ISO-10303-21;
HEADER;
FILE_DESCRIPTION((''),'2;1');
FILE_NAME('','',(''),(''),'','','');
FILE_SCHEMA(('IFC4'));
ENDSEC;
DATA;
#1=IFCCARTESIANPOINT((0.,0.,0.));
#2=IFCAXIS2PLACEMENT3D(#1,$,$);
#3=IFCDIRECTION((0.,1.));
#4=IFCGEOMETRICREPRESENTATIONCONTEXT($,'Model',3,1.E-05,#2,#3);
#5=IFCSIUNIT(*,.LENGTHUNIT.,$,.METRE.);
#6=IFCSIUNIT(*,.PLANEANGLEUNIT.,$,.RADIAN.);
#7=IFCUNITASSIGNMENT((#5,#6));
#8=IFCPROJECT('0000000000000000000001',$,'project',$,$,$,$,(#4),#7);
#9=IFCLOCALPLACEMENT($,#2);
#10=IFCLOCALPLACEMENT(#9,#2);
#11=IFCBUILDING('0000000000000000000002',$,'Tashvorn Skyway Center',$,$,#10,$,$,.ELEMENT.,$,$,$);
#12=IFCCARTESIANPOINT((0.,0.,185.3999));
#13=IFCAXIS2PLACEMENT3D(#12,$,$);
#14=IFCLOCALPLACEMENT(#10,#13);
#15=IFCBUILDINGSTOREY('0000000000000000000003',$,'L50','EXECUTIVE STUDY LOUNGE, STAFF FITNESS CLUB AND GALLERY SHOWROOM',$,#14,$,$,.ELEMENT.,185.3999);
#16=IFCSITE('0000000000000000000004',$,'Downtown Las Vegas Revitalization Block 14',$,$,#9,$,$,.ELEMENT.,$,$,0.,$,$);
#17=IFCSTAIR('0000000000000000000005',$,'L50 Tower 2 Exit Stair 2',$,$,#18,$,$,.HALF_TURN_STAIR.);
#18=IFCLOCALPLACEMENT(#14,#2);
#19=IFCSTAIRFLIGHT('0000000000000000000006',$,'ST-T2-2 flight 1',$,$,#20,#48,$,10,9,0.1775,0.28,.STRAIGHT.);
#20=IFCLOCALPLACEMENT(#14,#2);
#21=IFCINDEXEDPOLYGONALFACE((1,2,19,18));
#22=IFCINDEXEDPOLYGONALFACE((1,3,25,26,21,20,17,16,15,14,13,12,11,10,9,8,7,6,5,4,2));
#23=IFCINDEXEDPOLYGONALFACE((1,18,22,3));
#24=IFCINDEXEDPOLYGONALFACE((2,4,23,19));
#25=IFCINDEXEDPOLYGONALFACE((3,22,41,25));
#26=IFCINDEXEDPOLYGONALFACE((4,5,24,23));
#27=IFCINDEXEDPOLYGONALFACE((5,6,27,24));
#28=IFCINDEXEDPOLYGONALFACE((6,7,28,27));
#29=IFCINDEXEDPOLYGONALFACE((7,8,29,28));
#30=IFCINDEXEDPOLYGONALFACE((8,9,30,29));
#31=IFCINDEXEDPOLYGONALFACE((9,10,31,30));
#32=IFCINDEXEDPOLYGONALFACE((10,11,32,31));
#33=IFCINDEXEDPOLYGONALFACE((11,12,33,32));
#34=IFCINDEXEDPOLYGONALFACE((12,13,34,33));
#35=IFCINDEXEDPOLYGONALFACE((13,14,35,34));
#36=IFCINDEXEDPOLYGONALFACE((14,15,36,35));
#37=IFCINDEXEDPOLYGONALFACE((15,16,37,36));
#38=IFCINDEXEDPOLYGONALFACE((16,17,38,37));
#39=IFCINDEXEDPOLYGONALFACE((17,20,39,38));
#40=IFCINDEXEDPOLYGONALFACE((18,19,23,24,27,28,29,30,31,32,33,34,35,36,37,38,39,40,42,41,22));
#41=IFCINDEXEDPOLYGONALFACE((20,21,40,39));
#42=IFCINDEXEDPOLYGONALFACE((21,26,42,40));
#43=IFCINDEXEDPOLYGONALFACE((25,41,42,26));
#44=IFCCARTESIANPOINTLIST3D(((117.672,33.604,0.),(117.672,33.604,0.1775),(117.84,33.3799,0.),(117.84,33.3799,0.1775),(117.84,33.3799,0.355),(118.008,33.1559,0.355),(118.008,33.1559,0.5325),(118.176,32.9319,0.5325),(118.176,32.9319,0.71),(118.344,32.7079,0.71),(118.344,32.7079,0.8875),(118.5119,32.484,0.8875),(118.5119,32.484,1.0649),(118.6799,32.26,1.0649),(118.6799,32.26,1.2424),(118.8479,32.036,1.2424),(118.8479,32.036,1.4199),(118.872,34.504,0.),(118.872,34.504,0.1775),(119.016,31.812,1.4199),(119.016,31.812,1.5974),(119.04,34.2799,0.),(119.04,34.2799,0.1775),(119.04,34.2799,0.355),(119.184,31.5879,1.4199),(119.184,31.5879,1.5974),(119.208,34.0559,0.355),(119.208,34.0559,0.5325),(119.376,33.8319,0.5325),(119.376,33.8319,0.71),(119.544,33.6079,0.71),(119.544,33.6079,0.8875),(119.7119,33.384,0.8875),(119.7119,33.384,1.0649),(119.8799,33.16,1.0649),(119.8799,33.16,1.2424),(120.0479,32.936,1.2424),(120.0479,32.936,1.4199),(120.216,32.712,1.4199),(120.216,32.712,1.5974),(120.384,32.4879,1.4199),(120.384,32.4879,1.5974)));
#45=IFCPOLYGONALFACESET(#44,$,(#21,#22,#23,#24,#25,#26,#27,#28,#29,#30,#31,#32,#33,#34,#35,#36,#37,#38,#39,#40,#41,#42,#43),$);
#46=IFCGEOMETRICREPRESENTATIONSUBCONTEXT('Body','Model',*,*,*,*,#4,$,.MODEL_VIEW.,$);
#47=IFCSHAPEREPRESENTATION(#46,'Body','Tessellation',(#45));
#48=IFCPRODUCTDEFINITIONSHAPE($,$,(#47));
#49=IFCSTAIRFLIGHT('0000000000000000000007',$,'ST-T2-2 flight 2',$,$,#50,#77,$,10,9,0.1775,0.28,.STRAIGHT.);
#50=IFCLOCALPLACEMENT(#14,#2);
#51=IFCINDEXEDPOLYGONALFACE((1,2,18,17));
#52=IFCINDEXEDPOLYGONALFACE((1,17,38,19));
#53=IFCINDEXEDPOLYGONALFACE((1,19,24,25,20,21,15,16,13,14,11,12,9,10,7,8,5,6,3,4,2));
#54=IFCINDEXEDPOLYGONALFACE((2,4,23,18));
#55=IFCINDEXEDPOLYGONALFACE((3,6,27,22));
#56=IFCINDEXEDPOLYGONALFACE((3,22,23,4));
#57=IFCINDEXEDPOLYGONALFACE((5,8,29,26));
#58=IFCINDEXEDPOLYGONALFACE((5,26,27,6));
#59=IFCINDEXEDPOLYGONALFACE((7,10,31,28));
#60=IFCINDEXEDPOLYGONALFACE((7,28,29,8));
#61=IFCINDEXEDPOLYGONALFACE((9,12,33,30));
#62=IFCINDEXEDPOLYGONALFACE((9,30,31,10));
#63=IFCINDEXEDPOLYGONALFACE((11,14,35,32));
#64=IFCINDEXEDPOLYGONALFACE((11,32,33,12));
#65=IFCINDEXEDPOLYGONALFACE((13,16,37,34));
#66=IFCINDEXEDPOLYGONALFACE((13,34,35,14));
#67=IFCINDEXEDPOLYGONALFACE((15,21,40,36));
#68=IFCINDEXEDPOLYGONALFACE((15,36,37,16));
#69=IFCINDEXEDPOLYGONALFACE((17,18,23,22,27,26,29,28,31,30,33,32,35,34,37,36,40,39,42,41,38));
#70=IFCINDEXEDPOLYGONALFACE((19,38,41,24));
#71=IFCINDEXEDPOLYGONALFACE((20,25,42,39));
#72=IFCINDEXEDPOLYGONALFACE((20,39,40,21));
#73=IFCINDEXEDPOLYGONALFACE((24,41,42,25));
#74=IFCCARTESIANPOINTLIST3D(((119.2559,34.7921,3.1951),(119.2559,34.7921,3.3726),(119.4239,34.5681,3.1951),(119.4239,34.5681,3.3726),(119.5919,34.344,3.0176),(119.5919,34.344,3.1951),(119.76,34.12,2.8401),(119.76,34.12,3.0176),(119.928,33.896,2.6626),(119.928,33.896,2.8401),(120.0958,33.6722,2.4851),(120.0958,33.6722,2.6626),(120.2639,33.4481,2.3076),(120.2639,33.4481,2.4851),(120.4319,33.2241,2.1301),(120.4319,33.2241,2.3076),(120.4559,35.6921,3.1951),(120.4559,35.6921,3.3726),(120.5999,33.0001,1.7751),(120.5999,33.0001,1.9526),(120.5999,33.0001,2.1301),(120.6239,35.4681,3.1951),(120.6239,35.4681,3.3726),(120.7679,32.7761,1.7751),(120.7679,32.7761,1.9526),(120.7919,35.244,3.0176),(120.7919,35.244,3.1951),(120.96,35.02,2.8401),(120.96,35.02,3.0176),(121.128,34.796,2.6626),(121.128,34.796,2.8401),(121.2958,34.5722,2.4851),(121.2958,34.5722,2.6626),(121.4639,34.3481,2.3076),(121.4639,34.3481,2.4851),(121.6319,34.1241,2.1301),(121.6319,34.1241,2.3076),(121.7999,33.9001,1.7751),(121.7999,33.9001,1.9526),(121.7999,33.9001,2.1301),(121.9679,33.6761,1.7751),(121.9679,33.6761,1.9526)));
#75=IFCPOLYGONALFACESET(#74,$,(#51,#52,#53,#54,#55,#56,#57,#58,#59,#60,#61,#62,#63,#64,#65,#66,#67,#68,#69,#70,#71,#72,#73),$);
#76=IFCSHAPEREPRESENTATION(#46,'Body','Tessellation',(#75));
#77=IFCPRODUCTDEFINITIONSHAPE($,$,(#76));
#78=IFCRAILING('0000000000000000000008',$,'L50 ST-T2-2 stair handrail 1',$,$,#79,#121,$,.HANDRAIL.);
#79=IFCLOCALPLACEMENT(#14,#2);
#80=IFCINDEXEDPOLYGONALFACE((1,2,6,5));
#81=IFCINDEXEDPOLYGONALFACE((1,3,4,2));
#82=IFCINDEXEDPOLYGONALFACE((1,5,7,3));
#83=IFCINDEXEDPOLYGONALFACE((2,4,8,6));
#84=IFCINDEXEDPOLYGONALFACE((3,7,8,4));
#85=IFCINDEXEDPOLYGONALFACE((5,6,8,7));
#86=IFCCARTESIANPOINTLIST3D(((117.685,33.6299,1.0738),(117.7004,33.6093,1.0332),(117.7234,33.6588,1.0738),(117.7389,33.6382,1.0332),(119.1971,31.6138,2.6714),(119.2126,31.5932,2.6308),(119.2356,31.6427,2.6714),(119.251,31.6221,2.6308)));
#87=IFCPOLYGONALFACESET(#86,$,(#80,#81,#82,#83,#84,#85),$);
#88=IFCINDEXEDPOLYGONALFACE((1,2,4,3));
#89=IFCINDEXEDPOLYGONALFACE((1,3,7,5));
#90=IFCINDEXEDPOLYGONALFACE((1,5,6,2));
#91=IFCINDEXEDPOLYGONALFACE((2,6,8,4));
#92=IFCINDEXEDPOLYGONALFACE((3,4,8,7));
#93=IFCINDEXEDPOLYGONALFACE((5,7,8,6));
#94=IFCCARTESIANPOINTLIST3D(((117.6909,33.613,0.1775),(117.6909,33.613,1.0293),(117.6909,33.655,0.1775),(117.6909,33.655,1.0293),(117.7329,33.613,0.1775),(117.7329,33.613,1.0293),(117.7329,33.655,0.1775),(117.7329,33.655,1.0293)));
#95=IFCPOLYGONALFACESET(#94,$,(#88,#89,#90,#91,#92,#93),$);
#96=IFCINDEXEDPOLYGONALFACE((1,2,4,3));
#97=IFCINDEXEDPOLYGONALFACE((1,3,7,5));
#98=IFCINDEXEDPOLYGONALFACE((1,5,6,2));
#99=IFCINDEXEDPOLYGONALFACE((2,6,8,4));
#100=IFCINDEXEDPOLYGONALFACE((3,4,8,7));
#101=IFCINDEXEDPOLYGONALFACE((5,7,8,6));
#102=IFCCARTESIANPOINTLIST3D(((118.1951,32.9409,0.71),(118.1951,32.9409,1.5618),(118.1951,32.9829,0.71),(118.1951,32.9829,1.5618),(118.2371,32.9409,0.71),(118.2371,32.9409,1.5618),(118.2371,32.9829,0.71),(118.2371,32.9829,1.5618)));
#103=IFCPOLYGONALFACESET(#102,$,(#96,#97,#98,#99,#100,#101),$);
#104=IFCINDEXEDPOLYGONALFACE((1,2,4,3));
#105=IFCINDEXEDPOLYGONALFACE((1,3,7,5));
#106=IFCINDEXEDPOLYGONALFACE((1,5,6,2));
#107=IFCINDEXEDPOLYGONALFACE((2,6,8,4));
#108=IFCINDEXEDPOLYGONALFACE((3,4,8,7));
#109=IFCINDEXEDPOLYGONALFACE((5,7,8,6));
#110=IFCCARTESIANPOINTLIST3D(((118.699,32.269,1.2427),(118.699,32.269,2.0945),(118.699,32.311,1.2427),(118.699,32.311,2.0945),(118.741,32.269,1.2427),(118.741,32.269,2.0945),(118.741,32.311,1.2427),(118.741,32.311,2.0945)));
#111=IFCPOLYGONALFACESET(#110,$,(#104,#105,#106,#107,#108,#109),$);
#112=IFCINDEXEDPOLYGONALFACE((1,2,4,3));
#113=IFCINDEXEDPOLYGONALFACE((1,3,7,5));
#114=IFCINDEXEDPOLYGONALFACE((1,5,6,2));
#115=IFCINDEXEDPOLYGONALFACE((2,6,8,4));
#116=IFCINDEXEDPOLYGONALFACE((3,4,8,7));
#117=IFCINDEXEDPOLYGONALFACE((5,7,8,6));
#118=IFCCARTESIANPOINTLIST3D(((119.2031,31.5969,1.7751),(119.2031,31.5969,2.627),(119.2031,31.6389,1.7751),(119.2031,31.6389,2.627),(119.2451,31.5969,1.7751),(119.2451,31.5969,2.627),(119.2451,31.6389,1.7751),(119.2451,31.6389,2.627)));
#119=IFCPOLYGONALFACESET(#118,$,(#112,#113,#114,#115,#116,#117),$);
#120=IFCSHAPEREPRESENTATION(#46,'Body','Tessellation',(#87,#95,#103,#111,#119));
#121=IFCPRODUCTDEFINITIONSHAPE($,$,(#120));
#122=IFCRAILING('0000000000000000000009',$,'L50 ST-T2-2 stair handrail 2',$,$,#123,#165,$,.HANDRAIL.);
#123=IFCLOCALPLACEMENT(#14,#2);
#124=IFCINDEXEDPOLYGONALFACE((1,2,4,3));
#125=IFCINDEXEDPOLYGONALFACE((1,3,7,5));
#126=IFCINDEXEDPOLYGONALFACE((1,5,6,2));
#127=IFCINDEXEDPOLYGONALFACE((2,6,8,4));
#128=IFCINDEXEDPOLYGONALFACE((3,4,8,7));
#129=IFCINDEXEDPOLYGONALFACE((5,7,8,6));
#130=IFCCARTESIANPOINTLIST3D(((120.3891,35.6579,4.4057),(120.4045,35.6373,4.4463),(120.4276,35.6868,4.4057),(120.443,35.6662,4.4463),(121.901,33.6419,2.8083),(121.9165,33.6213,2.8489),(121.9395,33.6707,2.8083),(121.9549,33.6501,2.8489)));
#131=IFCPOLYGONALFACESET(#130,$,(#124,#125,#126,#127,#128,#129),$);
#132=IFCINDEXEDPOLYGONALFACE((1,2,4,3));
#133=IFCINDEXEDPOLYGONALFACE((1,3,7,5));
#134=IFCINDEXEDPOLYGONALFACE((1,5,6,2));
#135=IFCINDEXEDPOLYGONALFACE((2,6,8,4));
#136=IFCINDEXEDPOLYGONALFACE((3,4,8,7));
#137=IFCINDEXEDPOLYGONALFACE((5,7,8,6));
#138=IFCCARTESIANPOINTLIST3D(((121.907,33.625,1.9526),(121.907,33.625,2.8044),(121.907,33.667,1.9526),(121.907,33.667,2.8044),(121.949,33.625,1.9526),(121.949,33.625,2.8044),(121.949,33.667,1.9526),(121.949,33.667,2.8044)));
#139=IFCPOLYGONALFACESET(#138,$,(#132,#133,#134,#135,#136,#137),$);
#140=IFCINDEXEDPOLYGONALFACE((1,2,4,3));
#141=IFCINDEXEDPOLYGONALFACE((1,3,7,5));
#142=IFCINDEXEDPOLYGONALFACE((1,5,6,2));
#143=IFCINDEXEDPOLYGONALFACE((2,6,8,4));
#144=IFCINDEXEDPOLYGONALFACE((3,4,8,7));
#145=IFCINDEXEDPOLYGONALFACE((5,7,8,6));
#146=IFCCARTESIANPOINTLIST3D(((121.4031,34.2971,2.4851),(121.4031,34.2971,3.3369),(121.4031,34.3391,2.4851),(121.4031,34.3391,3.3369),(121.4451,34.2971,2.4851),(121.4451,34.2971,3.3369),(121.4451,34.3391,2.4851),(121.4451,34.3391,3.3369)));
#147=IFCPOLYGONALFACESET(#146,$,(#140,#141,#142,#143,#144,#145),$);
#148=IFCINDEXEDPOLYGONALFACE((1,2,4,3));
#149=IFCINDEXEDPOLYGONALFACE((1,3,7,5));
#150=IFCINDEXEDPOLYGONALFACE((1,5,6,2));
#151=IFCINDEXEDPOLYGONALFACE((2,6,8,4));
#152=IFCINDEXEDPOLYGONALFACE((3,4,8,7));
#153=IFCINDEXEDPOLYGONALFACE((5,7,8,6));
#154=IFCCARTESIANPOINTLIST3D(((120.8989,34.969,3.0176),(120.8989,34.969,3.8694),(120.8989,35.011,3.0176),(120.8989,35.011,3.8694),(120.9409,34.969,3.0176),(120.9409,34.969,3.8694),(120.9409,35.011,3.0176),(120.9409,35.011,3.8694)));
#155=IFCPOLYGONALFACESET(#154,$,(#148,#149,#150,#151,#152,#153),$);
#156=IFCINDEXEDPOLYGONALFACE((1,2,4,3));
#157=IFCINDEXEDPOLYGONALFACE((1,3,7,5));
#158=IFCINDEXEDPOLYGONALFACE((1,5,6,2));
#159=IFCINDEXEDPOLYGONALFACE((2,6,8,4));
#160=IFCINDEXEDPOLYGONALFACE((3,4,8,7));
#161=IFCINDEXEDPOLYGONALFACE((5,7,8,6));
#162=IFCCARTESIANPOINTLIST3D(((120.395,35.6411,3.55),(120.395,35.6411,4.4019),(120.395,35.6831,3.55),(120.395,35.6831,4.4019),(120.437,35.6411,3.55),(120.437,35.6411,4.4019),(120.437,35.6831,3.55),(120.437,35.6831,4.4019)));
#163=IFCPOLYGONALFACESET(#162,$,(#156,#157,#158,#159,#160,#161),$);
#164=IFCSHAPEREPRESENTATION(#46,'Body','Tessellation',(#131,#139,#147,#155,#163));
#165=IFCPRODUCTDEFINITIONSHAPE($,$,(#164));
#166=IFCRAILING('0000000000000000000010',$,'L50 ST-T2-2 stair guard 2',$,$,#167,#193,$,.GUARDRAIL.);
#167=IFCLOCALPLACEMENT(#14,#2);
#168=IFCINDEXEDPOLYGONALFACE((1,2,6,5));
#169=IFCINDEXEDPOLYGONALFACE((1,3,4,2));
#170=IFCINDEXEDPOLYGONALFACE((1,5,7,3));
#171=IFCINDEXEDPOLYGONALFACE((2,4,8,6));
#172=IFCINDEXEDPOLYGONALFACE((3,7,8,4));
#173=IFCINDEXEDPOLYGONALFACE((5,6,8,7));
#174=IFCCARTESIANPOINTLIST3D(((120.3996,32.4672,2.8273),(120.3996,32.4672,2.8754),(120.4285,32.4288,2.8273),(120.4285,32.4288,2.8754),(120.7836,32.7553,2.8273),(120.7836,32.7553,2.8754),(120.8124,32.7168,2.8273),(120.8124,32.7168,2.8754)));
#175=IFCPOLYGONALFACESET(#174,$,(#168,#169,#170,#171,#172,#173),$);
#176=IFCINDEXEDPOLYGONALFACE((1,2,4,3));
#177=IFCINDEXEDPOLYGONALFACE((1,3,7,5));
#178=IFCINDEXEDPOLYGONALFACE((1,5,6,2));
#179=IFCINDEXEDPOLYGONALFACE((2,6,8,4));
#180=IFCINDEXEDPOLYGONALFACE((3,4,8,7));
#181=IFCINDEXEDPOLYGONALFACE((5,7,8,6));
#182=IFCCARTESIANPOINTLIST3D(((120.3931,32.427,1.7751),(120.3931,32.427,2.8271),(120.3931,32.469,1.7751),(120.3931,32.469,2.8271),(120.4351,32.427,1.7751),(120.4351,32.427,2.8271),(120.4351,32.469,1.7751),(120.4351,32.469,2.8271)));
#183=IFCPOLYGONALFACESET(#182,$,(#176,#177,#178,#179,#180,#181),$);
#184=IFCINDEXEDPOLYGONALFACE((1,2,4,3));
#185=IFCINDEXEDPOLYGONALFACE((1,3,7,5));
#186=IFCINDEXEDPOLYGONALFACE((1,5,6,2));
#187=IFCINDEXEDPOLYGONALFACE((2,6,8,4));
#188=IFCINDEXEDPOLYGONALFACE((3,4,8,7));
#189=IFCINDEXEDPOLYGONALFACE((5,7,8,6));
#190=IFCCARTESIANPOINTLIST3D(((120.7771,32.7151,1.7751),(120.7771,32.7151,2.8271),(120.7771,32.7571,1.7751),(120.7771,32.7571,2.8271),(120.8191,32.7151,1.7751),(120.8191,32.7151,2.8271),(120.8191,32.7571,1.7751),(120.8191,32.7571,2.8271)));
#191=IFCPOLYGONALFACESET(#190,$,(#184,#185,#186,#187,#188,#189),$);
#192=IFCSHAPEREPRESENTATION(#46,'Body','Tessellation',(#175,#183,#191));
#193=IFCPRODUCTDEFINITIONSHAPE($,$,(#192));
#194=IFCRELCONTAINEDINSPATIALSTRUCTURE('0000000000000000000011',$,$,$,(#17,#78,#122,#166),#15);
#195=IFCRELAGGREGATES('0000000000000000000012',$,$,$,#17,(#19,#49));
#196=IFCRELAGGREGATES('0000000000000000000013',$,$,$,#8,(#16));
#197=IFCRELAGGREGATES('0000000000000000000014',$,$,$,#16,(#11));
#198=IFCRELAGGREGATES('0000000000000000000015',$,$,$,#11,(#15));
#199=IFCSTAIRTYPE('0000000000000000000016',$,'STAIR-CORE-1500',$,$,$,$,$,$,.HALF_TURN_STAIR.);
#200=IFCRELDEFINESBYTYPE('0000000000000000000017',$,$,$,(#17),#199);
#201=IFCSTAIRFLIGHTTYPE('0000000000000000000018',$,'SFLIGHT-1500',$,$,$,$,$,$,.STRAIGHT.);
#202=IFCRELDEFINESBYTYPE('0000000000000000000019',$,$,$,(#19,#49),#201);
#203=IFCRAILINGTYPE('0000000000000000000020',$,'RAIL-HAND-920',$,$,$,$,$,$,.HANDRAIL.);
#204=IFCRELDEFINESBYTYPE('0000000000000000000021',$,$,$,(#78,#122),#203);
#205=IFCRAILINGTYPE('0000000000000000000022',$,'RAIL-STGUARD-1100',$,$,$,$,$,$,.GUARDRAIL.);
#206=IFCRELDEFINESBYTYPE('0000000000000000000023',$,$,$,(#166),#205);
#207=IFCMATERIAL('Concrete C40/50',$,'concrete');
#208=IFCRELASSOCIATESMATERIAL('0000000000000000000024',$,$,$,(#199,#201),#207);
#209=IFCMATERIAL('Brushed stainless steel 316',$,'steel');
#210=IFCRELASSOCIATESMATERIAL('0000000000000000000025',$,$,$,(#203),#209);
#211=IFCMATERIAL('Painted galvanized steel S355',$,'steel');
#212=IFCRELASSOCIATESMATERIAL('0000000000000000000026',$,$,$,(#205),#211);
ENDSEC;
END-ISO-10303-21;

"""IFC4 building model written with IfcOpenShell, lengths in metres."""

from ifc_helpers import new_model, si_unit, direction, frame, origin, origin_2d, place, context, subcontext, project, spatial, polyline, rectangle, outline, extrude, material, type_object, element, aggregate, save


model = new_model("IFC4")

# Units and contexts
model_context = context("Model", 3, precision=1e-05, world=origin(), true_north=direction((0.0, 1.0)))
body_context = subcontext(model_context, "Body", "Model", "MODEL_VIEW")
ifc_project = project(units=[si_unit("LENGTHUNIT", "METRE"), si_unit("PLANEANGLEUNIT", "RADIAN")], contexts=[model_context])

# Site, building, storey
site_placement = place(None, origin())
site = spatial("IfcSite", under=ifc_project, at=site_placement, Name="Downtown Las Vegas Revitalization Block 14", CompositionType="ELEMENT", RefElevation=0.0)
building_placement = place(site_placement, origin())
building = spatial("IfcBuilding", under=site, at=building_placement, Name="Tashvorn Skyway Center", CompositionType="ELEMENT")
storey_placement = place(building_placement, frame((0.0, 0.0, 185.3999)))
storey = spatial("IfcBuildingStorey", under=building, at=storey_placement, Name="L50", Description="EXECUTIVE STUDY LOUNGE, STAFF FITNESS CLUB AND GALLERY SHOWROOM", CompositionType="ELEMENT", Elevation=185.3999)

# Shared definitions
ifc_material_1 = material(Name="Concrete C40/50", Category="concrete")

# Stair, stair flights
stair_type = type_object("IfcStairType", Name="STAIR-CORE-1500", PredefinedType="HALF_TURN_STAIR", material=ifc_material_1)
stair_placement = place(storey_placement, origin())
stair = element("IfcStair", 1, at=stair_placement, inside=storey, type_object=stair_type, Name="L50 Tower 2 Exit Stair 2", PredefinedType="HALF_TURN_STAIR")
stair_flight_type = type_object("IfcStairFlightType", Name="SFLIGHT-1500", PredefinedType="STRAIGHT", material=ifc_material_1)
stair_flight_1_placement = place(storey_placement, frame((118.272, 34.054, 0.0), z_axis=(0.0, 0.0, 1.0), x_axis=(0.6, -0.8, 0.0)))
stair_flight_1 = element("IfcStairFlight", 2, at=stair_flight_1_placement, type_object=stair_flight_type, Name="ST-T2-2 flight 1", NumberOfRisers=10, NumberOfTreads=9, PredefinedType="STRAIGHT", RiserHeight=0.1775, TreadLength=0.28, context=body_context, shape_type="SweptSolid", body=[
    extrude(outline(polyline([(0.0, 0.0), (0.0, 0.1775), (0.28, 0.1775), (0.28, 0.355), (0.5601, 0.355), (0.5601, 0.5325), (0.8401, 0.5325), (0.8401, 0.71), (1.1201, 0.71), (1.1201, 0.8875), (1.3999, 0.8875), (1.3999, 1.0649), (1.6799, 1.0649), (1.6799, 1.2424), (1.96, 1.2424), (1.96, 1.4199), (2.24, 1.4199), (2.24, 1.5974), (2.52, 1.5974), (2.52, 1.7749), (2.52, 1.4199), (0.28, 0.0), (0.0, 0.0)])), frame((0.0, 0.75, 0.0), z_axis=(0.0, -1.0, 0.0), x_axis=(1.0, 0.0, 0.0)), (0.0, 0.0, 1.0), 1.5),
])
stair_flight_2_placement = place(storey_placement, frame((121.3679, 33.2261, 1.7751), z_axis=(0.0, 0.0, 1.0), x_axis=(-0.6, 0.8, 0.0)))
stair_flight_2 = element("IfcStairFlight", 3, at=stair_flight_2_placement, type_object=stair_flight_type, Name="ST-T2-2 flight 2", NumberOfRisers=10, NumberOfTreads=9, PredefinedType="STRAIGHT", RiserHeight=0.1775, TreadLength=0.28, context=body_context, shape_type="SweptSolid", body=[
    extrude(outline(polyline([(0.0, 0.0), (0.0, 0.1775), (0.28, 0.1775), (0.28, 0.355), (0.5601, 0.355), (0.5601, 0.5325), (0.8401, 0.5325), (0.8401, 0.71), (1.1201, 0.71), (1.1201, 0.8875), (1.3999, 0.8875), (1.3999, 1.0649), (1.6799, 1.0649), (1.6799, 1.2424), (1.96, 1.2424), (1.96, 1.4199), (2.24, 1.4199), (2.24, 1.5974), (2.52, 1.5974), (2.52, 1.7749), (2.52, 1.4199), (0.28, 0.0), (0.0, 0.0)])), frame((0.0, 0.75, 0.0), z_axis=(0.0, -1.0, 0.0), x_axis=(1.0, 0.0, 0.0)), (0.0, 0.0, 1.0), 1.5),
])
aggregate(stair, [stair_flight_1, stair_flight_2])

# Railings
ifc_material_2 = material(Name="Brushed stainless steel 316", Category="steel")
railing_type_1 = type_object("IfcRailingType", Name="RAIL-HAND-920", PredefinedType="HANDRAIL", material=ifc_material_2)
railing_1_placement = place(storey_placement, frame((117.7119, 33.634, 0.1775)))
element("IfcRailing", 4, at=railing_1_placement, inside=storey, type_object=railing_type_1, Name="L50 ST-T2-2 stair handrail 1", PredefinedType="HANDRAIL", context=body_context, shape_type="SweptSolid", body=[
    extrude(rectangle(XDim=0.0481, YDim=0.0481, at=origin_2d()), frame((0.0, 0.0, 0.876), z_axis=(0.506779, -0.675651, 0.535416), x_axis=(0.799977, 0.600031, 0.0)), (0.0, 0.0, 1.0), 2.9839),
    extrude(rectangle(XDim=0.042, YDim=0.042, at=origin_2d()), origin(), (0.0, 0.0, 1.0), 0.8518),
    extrude(rectangle(XDim=0.042, YDim=0.042, at=origin_2d()), frame((0.5042, -0.6721, 0.5325)), (0.0, 0.0, 1.0), 0.8518),
    extrude(rectangle(XDim=0.042, YDim=0.042, at=origin_2d()), frame((1.0081, -1.344, 1.0652)), (0.0, 0.0, 1.0), 0.8518),
    extrude(rectangle(XDim=0.042, YDim=0.042, at=origin_2d()), frame((1.5122, -2.0161, 1.5977)), (0.0, 0.0, 1.0), 0.8518),
])
railing_2_placement = place(storey_placement, frame((121.928, 33.646, 1.9526)))
element("IfcRailing", 5, at=railing_2_placement, inside=storey, type_object=railing_type_1, Name="L50 ST-T2-2 stair handrail 2", PredefinedType="HANDRAIL", context=body_context, shape_type="SweptSolid", body=[
    extrude(rectangle(XDim=0.0481, YDim=0.0481, at=origin_2d()), frame((0.0, 0.0, 0.876), z_axis=(-0.506741, 0.675709, 0.535379), x_axis=(-0.800023, -0.599969, 0.0)), (0.0, 0.0, 1.0), 2.9836),
    extrude(rectangle(XDim=0.042, YDim=0.042, at=origin_2d()), origin(), (0.0, 0.0, 1.0), 0.8518),
    extrude(rectangle(XDim=0.042, YDim=0.042, at=origin_2d()), frame((-0.5039, 0.6721, 0.5325)), (0.0, 0.0, 1.0), 0.8518),
    extrude(rectangle(XDim=0.042, YDim=0.042, at=origin_2d()), frame((-1.0081, 1.344, 1.0649)), (0.0, 0.0, 1.0), 0.8518),
    extrude(rectangle(XDim=0.042, YDim=0.042, at=origin_2d()), frame((-1.512, 2.0161, 1.5974)), (0.0, 0.0, 1.0), 0.8518),
])
ifc_material_3 = material(Name="Painted galvanized steel S355", Category="steel")
railing_type_2 = type_object("IfcRailingType", Name="RAIL-STGUARD-1100", PredefinedType="GUARDRAIL", material=ifc_material_3)
railing_3_placement = place(storey_placement, frame((120.4141, 32.448, 1.7751)))
element("IfcRailing", 6, at=railing_3_placement, inside=storey, type_object=railing_type_2, Name="L50 ST-T2-2 stair guard 2", PredefinedType="GUARDRAIL", context=body_context, shape_type="SweptSolid", body=[
    extrude(rectangle(XDim=0.0481, YDim=0.0481, at=origin_2d()), frame((0.0, 0.0, 1.0762), z_axis=(0.799939, 0.600081, 0.0), x_axis=(-0.600081, 0.799939, 0.0)), (0.0, 0.0, 1.0), 0.48),
    extrude(rectangle(XDim=0.042, YDim=0.042, at=origin_2d()), origin(), (0.0, 0.0, 1.0), 1.052),
    extrude(rectangle(XDim=0.042, YDim=0.042, at=origin_2d()), frame((0.384, 0.2881, 0.0)), (0.0, 0.0, 1.0), 1.052),
])

save(model, "model.ifc")
